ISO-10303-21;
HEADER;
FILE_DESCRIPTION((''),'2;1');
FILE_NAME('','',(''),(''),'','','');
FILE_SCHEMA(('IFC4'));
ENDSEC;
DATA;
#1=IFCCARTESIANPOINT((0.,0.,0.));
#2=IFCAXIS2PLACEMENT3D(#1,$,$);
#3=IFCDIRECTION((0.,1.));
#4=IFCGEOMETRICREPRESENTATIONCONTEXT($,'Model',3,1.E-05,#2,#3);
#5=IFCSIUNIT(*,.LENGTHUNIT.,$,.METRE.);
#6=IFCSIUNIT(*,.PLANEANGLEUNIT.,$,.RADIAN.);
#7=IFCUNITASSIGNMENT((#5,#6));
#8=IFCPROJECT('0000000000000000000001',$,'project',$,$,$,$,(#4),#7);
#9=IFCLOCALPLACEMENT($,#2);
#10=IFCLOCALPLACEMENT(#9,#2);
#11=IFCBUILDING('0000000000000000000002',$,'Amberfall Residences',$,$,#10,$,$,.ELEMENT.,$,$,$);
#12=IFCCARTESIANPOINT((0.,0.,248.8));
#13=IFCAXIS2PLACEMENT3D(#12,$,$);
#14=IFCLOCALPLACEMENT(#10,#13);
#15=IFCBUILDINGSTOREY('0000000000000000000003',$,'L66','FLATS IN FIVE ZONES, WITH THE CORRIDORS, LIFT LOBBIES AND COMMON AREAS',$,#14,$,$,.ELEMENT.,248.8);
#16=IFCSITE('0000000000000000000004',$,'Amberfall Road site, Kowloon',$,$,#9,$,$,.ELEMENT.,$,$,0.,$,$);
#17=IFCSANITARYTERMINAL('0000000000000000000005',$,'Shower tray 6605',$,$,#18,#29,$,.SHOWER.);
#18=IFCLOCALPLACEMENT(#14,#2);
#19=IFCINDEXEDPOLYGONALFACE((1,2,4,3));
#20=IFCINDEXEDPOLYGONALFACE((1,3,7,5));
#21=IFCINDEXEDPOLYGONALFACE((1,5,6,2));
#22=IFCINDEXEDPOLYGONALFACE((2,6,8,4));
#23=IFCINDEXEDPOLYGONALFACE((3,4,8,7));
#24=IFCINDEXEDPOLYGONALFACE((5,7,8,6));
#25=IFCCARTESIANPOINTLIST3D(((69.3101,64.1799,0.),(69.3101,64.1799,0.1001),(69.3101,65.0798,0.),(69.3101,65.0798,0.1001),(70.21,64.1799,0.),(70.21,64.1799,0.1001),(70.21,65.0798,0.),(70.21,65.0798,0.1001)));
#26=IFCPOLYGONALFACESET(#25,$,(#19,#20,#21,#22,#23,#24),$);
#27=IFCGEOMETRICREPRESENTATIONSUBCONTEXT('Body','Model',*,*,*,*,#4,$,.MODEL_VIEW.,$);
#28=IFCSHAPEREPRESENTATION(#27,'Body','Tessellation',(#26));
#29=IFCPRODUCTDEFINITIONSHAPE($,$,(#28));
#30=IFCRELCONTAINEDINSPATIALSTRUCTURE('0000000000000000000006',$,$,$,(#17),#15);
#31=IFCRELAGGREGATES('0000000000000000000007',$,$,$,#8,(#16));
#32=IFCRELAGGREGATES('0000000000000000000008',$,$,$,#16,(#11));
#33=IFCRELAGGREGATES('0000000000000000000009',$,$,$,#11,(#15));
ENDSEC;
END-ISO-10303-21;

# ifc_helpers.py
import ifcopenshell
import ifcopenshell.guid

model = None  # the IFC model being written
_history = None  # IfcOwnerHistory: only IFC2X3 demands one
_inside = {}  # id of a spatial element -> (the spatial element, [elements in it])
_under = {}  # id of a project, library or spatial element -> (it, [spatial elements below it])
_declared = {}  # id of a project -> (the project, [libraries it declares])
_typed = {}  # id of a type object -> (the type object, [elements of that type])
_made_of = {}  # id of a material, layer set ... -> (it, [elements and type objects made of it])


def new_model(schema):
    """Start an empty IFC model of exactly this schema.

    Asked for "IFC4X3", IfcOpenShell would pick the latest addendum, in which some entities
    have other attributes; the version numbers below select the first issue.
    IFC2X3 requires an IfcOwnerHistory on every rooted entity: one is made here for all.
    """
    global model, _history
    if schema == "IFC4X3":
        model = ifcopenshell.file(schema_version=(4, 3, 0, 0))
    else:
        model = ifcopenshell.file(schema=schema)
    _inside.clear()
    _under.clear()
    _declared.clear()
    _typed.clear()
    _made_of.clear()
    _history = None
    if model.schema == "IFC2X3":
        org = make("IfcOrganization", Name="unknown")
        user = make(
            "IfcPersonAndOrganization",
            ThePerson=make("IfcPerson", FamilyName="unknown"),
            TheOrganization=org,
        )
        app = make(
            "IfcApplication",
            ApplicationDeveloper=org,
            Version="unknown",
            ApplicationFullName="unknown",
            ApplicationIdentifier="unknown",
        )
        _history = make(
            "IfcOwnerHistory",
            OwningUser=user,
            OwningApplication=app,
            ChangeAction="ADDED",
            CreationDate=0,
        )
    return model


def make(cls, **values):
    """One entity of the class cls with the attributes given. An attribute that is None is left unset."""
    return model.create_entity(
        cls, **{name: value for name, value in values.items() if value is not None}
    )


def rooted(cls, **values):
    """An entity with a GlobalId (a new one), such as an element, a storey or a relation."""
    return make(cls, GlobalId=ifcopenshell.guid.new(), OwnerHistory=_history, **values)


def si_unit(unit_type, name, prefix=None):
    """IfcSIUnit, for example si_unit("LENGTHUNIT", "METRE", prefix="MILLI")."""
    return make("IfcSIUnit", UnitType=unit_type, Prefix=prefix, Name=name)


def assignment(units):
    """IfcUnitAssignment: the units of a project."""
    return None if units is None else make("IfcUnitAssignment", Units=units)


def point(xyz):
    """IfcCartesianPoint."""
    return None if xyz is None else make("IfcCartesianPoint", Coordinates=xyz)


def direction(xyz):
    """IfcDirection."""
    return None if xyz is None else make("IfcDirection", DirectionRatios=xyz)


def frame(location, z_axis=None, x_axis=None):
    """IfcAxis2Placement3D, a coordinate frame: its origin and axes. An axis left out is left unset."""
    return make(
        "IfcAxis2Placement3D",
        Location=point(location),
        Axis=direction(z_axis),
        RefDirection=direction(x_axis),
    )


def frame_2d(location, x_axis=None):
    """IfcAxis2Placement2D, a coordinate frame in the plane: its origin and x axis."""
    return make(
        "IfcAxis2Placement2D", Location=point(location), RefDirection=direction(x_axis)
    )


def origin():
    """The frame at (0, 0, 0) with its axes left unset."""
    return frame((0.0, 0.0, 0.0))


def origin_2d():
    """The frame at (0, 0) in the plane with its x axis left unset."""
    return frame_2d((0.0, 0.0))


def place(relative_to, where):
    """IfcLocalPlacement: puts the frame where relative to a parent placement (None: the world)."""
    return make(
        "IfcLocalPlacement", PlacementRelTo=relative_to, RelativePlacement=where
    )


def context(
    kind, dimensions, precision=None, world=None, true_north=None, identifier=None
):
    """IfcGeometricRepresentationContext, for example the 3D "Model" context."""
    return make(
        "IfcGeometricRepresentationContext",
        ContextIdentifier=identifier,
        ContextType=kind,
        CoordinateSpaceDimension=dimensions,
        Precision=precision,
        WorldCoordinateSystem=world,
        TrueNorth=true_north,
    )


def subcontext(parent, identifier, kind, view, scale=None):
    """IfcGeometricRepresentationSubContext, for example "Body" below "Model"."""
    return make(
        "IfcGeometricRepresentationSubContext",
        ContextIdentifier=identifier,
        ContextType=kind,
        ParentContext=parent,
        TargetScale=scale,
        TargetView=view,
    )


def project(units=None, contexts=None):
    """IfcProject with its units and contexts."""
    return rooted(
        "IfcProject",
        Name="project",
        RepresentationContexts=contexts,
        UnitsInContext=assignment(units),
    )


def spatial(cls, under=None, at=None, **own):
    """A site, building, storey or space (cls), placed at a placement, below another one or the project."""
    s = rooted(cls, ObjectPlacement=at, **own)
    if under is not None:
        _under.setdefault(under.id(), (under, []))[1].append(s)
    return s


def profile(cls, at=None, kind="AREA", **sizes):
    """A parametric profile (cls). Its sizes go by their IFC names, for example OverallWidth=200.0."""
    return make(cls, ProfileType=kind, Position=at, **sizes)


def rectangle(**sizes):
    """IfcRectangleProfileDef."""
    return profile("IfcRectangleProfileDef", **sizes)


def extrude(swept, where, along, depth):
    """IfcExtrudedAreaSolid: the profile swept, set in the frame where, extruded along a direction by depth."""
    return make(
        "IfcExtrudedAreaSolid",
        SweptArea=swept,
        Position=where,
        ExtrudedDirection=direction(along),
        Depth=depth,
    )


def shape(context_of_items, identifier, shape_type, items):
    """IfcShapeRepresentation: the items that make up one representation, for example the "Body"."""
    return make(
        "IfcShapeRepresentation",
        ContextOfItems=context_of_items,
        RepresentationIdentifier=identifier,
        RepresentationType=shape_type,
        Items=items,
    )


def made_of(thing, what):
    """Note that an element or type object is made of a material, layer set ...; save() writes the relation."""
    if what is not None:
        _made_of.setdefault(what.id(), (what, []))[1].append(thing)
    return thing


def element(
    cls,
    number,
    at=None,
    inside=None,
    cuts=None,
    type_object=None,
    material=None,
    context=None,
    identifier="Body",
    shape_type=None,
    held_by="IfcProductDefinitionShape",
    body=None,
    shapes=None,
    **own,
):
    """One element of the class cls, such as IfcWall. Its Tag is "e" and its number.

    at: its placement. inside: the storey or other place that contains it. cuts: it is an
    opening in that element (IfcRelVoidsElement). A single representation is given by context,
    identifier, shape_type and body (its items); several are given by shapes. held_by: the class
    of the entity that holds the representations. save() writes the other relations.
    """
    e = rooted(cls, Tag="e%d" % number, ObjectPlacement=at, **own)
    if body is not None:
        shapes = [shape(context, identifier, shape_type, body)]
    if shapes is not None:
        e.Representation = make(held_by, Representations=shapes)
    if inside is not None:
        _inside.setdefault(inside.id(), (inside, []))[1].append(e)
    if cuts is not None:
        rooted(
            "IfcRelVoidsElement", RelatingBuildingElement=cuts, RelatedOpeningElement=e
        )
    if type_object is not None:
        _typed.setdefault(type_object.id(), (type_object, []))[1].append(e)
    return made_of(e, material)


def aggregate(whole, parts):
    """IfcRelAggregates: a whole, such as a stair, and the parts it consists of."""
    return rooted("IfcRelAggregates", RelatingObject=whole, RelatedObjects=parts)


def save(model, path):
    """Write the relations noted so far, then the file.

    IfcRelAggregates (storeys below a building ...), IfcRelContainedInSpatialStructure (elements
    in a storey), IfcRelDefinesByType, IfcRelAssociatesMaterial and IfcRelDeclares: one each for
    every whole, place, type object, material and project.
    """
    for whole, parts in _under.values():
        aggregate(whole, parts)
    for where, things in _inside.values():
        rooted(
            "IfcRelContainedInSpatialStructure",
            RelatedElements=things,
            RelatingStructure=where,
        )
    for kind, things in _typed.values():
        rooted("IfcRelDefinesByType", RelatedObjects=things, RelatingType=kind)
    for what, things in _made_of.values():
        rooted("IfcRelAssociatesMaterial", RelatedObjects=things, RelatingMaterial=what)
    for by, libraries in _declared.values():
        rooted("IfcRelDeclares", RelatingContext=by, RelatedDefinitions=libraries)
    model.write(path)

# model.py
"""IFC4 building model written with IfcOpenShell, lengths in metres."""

from ifc_helpers import new_model, si_unit, direction, frame, origin, origin_2d, place, context, subcontext, project, spatial, rectangle, extrude, element, save


model = new_model("IFC4")

# Units and contexts
model_context = context("Model", 3, precision=1e-05, world=origin(), true_north=direction((0.0, 1.0)))
body_context = subcontext(model_context, "Body", "Model", "MODEL_VIEW")
ifc_project = project(units=[si_unit("LENGTHUNIT", "METRE"), si_unit("PLANEANGLEUNIT", "RADIAN")], contexts=[model_context])

# Site, building, storey
site_placement = place(None, origin())
site = spatial("IfcSite", under=ifc_project, at=site_placement, Name="Amberfall Road site, Kowloon", CompositionType="ELEMENT", RefElevation=0.0)
building_placement = place(site_placement, origin())
building = spatial("IfcBuilding", under=site, at=building_placement, Name="Amberfall Residences", CompositionType="ELEMENT")
storey_placement = place(building_placement, frame((0.0, 0.0, 248.8)))
storey = spatial("IfcBuildingStorey", under=building, at=storey_placement, Name="L66", Description="FLATS IN FIVE ZONES, WITH THE CORRIDORS, LIFT LOBBIES AND COMMON AREAS", CompositionType="ELEMENT", Elevation=248.8)

# Sanitary terminal
for number, where, z_axis, x_axis, name in (
    (1, (69.76, 64.6299, 0.0), (0.0, 0.0, 1.0), (1.0, 0.0, 0.0), "Shower tray 6605"),
):
    element("IfcSanitaryTerminal", number, at=place(storey_placement, frame(where, z_axis=z_axis, x_axis=x_axis)), inside=storey, Name=name, PredefinedType="SHOWER", context=body_context, shape_type="SweptSolid", body=[
        extrude(rectangle(XDim=0.8999, YDim=0.8999, at=origin_2d()), origin(), (0.0, 0.0, 1.0), 0.1001),
    ])

save(model, "model.ifc")
